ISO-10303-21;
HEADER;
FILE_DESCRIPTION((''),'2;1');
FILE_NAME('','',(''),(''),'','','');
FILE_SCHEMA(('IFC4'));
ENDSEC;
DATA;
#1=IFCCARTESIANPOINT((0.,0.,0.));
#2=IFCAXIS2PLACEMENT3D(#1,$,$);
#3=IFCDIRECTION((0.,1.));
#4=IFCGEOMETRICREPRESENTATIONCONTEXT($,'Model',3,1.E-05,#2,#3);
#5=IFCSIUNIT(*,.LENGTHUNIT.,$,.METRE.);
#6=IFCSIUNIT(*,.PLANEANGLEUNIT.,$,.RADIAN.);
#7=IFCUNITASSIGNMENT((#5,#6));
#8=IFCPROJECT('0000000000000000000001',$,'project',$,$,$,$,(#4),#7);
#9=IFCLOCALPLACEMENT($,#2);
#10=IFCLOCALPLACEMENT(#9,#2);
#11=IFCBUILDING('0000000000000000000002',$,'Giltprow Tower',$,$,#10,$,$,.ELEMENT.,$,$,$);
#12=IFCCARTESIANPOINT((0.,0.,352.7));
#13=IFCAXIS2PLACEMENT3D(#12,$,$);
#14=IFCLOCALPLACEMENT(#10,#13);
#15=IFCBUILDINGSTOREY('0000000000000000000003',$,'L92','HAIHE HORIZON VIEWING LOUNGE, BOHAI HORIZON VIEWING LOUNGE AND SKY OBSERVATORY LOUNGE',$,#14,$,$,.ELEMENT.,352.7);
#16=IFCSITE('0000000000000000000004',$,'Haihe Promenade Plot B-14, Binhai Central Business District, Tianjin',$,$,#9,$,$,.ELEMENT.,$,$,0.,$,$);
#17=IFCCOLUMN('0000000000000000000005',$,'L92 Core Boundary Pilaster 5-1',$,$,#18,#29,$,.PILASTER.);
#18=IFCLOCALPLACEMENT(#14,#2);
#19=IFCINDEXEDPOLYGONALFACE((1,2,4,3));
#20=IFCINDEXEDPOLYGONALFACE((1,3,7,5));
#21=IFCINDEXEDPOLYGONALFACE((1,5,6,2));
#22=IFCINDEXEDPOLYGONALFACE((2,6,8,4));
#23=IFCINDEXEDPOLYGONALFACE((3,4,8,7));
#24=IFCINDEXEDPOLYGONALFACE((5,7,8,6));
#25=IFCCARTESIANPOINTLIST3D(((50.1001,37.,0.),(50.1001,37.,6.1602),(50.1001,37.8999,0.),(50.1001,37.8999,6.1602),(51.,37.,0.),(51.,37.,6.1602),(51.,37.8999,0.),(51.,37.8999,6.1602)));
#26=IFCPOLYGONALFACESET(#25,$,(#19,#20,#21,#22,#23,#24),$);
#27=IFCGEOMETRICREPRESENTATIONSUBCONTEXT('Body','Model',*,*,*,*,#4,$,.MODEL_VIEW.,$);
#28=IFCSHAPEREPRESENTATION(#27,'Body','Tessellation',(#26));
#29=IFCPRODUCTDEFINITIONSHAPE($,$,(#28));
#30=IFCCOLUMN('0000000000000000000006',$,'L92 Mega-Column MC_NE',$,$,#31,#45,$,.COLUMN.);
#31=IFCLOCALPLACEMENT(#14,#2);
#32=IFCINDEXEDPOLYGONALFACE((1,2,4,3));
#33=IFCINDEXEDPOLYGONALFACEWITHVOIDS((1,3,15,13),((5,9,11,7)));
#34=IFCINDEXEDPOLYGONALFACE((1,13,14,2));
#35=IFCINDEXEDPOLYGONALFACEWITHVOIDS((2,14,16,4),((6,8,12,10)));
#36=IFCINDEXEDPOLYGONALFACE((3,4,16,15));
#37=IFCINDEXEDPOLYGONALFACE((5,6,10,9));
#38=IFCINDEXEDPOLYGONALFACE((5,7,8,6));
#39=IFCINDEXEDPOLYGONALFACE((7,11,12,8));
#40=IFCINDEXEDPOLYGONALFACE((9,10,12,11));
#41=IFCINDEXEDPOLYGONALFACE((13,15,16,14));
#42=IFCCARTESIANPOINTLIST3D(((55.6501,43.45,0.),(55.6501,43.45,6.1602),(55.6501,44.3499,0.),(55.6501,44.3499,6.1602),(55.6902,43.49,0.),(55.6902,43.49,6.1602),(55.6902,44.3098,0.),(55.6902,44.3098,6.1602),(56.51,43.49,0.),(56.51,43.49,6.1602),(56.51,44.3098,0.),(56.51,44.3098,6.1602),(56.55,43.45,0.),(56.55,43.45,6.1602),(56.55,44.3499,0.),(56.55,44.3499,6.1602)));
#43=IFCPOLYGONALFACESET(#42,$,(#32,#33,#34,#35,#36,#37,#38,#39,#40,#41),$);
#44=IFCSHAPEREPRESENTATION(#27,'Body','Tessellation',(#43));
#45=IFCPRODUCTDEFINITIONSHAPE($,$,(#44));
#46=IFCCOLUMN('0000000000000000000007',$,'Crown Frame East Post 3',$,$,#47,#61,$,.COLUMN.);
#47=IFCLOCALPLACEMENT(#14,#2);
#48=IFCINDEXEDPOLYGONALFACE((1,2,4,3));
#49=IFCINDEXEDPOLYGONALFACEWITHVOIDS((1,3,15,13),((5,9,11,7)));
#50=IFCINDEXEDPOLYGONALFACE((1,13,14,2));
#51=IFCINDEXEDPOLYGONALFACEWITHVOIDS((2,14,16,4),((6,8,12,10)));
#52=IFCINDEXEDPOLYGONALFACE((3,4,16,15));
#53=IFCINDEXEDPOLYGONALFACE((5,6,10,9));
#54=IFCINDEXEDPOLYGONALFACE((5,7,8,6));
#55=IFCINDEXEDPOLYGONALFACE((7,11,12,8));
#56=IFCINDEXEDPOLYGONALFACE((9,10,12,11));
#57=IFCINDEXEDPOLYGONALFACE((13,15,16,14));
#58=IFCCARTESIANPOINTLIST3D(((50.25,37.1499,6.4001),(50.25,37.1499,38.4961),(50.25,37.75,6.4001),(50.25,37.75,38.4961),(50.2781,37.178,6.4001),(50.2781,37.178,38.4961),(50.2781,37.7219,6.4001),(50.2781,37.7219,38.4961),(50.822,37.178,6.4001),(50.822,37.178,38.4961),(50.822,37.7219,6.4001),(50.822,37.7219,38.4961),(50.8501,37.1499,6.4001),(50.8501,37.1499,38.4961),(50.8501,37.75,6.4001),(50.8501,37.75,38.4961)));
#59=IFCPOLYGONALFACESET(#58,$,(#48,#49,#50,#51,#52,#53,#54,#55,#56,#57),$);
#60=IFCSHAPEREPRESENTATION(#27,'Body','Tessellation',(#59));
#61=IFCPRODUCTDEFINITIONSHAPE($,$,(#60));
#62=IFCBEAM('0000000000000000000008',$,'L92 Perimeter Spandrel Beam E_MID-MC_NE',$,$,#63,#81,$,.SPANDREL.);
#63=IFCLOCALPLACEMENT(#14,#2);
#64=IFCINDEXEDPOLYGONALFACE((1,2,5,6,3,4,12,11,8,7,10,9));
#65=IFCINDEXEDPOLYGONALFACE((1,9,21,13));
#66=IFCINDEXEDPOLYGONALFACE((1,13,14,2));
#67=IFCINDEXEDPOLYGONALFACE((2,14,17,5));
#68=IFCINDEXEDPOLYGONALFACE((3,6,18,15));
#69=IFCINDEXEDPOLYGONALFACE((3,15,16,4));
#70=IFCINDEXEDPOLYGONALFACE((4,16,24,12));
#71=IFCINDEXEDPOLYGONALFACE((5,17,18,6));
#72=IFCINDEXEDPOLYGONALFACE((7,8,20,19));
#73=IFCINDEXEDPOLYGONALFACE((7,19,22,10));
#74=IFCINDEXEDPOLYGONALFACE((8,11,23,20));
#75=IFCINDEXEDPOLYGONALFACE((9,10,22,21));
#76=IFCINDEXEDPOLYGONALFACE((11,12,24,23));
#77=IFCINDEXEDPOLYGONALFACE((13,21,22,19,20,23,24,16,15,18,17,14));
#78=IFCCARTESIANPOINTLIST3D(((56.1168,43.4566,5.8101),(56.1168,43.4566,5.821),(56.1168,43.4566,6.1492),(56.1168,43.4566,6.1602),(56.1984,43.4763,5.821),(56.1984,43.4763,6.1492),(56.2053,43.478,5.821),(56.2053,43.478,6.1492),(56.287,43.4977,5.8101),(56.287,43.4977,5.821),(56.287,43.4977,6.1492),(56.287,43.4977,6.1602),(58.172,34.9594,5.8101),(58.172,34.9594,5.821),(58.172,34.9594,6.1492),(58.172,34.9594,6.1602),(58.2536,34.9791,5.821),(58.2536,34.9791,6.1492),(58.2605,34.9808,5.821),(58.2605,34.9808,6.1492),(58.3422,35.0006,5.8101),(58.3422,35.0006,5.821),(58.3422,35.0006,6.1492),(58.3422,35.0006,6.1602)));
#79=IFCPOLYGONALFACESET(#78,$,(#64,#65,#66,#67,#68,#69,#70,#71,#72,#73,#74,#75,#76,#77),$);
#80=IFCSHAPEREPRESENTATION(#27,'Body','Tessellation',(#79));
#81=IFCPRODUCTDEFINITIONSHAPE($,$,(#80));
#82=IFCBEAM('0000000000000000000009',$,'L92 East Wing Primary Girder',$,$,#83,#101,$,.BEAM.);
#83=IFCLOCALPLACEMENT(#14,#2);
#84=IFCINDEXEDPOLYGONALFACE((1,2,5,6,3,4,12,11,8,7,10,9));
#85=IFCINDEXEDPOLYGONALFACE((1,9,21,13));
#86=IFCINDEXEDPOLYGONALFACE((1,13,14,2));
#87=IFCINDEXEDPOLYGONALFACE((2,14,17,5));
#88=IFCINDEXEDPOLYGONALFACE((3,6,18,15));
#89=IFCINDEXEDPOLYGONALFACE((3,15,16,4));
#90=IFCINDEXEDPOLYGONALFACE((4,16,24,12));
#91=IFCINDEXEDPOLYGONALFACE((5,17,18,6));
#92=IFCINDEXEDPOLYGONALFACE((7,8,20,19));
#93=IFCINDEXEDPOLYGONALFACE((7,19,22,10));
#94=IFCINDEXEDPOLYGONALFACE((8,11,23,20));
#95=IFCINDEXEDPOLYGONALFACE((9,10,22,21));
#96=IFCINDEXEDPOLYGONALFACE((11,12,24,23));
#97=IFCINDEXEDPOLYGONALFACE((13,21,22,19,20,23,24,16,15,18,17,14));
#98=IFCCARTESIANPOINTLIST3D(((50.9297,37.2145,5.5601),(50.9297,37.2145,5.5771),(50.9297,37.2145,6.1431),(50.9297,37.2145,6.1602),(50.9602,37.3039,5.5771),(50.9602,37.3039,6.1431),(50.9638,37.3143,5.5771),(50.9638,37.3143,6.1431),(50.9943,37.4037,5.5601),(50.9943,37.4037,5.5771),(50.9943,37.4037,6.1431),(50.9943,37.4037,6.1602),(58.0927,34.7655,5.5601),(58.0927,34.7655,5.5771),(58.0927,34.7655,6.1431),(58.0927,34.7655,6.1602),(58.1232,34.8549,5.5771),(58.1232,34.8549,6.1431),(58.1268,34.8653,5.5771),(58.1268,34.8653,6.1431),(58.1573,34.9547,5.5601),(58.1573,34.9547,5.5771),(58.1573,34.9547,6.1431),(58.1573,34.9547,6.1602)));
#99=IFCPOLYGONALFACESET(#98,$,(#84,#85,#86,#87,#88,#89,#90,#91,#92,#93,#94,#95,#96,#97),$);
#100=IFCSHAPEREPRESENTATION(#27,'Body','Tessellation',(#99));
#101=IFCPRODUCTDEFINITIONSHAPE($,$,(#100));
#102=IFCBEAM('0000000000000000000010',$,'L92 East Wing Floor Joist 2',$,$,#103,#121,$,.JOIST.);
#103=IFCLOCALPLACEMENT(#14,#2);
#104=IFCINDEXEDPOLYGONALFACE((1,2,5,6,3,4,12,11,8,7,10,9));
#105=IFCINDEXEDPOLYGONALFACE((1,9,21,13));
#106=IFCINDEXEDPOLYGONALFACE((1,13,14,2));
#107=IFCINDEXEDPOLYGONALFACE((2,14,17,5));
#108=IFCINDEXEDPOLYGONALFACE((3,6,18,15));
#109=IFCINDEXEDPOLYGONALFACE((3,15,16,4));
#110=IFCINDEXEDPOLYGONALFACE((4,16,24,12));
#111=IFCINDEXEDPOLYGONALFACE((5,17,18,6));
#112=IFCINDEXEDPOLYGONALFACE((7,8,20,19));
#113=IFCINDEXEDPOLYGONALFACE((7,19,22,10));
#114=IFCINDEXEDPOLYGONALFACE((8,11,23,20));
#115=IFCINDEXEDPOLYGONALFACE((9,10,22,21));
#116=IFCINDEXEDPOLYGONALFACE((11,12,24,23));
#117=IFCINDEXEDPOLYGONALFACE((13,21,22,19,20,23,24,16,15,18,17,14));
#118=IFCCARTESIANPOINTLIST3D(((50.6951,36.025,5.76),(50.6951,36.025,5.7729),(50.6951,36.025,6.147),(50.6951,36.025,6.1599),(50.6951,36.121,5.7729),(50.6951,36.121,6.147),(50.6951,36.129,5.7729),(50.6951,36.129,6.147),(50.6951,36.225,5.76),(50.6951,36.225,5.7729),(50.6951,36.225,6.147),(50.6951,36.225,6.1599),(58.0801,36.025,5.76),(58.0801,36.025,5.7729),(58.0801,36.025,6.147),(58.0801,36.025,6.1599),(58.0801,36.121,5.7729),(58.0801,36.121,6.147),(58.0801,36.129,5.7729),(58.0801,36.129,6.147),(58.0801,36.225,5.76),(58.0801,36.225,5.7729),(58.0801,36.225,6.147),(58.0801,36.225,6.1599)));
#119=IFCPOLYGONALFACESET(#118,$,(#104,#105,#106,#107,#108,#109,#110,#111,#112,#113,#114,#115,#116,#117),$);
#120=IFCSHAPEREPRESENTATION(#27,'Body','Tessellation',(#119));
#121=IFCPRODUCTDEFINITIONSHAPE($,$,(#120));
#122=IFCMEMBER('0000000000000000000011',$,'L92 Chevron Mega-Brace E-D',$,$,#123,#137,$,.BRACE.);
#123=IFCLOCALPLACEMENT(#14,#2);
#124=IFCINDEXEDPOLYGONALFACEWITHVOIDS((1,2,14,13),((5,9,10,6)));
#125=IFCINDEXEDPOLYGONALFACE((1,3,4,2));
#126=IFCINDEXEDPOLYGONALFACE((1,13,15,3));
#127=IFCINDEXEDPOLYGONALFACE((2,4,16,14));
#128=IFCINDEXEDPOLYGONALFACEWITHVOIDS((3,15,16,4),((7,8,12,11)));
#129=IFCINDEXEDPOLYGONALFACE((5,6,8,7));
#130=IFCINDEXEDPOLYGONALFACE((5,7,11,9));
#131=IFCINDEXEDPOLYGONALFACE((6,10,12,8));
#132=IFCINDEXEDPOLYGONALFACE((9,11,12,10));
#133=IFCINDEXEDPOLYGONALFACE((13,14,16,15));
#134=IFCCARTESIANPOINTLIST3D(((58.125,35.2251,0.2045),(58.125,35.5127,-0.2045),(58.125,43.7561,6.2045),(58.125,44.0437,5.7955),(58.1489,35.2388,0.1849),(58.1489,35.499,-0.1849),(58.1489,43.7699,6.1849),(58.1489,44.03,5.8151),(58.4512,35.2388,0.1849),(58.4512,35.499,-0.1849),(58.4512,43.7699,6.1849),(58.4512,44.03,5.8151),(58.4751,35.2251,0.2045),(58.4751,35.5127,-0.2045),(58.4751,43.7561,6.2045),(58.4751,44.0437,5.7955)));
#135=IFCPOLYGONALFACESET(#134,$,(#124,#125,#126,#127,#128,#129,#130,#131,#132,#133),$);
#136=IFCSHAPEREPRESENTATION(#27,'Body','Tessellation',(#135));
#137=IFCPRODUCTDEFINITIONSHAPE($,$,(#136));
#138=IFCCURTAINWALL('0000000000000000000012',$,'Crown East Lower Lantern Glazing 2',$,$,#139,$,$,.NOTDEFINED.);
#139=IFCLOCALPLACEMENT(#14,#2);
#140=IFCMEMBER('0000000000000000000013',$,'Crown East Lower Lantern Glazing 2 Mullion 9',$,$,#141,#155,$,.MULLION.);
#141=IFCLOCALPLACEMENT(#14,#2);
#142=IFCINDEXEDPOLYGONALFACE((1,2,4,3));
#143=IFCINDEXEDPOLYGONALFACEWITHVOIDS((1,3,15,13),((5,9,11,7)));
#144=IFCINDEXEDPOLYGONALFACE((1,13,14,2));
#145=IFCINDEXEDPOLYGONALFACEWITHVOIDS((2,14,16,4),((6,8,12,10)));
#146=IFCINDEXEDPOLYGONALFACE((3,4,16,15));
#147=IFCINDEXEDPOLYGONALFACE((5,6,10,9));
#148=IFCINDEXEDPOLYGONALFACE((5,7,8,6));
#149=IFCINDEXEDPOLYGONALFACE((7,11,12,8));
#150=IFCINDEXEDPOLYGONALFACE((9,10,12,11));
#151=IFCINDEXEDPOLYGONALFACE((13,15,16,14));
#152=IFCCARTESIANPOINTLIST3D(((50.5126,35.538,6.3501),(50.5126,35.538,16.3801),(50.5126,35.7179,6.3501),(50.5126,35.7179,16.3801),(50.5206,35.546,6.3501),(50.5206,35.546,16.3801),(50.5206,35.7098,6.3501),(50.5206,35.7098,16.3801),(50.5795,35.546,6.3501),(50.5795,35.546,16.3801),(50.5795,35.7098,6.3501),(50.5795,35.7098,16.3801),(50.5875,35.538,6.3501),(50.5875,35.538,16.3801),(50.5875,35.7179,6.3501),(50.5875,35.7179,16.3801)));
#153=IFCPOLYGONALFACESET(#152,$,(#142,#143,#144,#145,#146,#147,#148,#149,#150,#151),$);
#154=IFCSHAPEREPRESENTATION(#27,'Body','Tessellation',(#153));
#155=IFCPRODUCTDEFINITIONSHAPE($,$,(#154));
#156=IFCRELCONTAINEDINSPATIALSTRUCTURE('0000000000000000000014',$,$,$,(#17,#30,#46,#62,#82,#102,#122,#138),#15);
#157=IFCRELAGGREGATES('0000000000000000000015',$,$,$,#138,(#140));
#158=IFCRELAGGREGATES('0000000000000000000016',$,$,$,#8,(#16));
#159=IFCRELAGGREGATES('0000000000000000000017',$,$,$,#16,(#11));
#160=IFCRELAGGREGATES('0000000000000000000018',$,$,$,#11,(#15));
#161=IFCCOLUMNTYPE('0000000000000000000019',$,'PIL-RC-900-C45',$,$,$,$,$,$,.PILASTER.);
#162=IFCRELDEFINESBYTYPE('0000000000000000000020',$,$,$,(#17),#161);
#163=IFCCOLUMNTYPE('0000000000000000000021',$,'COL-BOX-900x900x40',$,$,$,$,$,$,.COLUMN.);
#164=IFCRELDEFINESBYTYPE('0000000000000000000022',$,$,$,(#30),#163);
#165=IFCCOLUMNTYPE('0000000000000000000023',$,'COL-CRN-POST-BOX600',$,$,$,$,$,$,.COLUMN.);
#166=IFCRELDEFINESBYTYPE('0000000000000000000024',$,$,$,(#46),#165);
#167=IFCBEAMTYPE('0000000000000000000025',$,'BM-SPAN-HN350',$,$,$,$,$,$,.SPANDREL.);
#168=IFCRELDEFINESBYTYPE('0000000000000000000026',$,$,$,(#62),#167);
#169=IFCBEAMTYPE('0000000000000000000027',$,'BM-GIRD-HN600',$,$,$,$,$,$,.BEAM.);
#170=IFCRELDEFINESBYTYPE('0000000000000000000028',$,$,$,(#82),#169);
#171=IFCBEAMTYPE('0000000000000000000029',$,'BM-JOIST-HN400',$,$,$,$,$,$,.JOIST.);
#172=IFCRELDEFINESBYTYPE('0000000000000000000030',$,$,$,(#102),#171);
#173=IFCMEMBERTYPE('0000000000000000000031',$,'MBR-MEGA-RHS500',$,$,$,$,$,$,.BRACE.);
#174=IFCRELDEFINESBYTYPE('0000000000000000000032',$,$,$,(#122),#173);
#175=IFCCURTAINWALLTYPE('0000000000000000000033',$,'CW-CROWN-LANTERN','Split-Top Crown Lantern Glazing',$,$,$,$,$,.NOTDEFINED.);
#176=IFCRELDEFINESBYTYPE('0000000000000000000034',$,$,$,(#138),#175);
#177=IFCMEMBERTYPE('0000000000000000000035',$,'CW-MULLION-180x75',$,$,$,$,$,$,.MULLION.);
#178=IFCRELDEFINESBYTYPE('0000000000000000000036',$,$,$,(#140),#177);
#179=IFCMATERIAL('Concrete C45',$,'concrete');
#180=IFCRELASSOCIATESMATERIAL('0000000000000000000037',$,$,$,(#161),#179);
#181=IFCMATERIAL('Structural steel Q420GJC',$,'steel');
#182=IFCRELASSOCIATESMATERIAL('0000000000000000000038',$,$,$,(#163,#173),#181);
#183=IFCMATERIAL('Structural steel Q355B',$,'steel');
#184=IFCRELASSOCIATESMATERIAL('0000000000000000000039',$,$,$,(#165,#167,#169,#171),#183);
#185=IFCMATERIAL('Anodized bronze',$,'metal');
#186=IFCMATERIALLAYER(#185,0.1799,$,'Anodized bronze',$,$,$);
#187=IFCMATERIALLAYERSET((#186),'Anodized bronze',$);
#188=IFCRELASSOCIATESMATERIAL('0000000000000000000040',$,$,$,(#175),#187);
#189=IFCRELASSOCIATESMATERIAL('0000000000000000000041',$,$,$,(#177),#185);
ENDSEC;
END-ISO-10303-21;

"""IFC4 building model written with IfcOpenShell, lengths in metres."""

from ifc_helpers import new_model, si_unit, direction, frame, origin, origin_2d, place, context, subcontext, project, spatial, rectangle, hollow_rectangle, i_section, extrude, source, transform, mapped, material, layer, layer_set, material_profile, profile_set, type_object, element, aggregate, save


model = new_model("IFC4")

# Units and contexts
model_context = context("Model", 3, precision=1e-05, world=origin(), true_north=direction((0.0, 1.0)))
body_context = subcontext(model_context, "Body", "Model", "MODEL_VIEW")
ifc_project = project(units=[si_unit("LENGTHUNIT", "METRE"), si_unit("PLANEANGLEUNIT", "RADIAN")], contexts=[model_context])

# Site, building, storey
site_placement = place(None, origin())
site = spatial("IfcSite", under=ifc_project, at=site_placement, Name="Haihe Promenade Plot B-14, Binhai Central Business District, Tianjin", CompositionType="ELEMENT", RefElevation=0.0)
building_placement = place(site_placement, origin())
building = spatial("IfcBuilding", under=site, at=building_placement, Name="Giltprow Tower", CompositionType="ELEMENT")
storey_placement = place(building_placement, frame((0.0, 0.0, 352.7)))
storey = spatial("IfcBuildingStorey", under=building, at=storey_placement, Name="L92", Description="HAIHE HORIZON VIEWING LOUNGE, BOHAI HORIZON VIEWING LOUNGE AND SKY OBSERVATORY LOUNGE", CompositionType="ELEMENT", Elevation=352.7)

# Columns
ifc_material_1 = material(Name="Concrete C45", Category="concrete")
ifc_material_profile_1 = material_profile(ifc_material_1, rectangle(XDim=0.8999, YDim=0.8999, at=origin_2d()), Name="RC 900x900")
ifc_profile_set_1 = profile_set([ifc_material_profile_1], Name="Concrete C45")
column_type_1 = type_object("IfcColumnType", Name="PIL-RC-900-C45", PredefinedType="PILASTER", material=ifc_profile_set_1)
shared_shape_1 = source(origin(), body_context, "Body", "SweptSolid", [
    extrude(rectangle(XDim=0.8999, YDim=0.8999, at=origin_2d()), origin(), (0.0, 0.0, 1.0), 6.1602),
])
column_1_placement = place(storey_placement, frame((50.55, 37.45, 0.0), z_axis=(0.0, 0.0, 1.0), x_axis=(1.0, 0.0, 0.0)))
element("IfcColumn", 1, at=column_1_placement, inside=storey, type_object=column_type_1, Name="L92 Core Boundary Pilaster 5-1", PredefinedType="PILASTER", context=body_context, shape_type="MappedRepresentation", body=[
    mapped(shared_shape_1, transform((0.0, 0.0, 0.0), x_axis=(1.0, 0.0, 0.0), y_axis=(0.0, 1.0, 0.0), z_axis=(0.0, 0.0, 1.0), scale=1.0)),
])
ifc_material_2 = material(Name="Structural steel Q420GJC", Category="steel")
ifc_material_profile_2 = material_profile(ifc_material_2, hollow_rectangle(XDim=0.8999, YDim=0.8999, WallThickness=0.04, at=origin_2d()), Name="BOX 900x900x40")
ifc_profile_set_2 = profile_set([ifc_material_profile_2], Name="Structural steel Q420GJC")
column_type_2 = type_object("IfcColumnType", Name="COL-BOX-900x900x40", PredefinedType="COLUMN", material=ifc_profile_set_2)
shared_shape_2 = source(origin(), body_context, "Body", "SweptSolid", [
    extrude(hollow_rectangle(XDim=0.8999, YDim=0.8999, WallThickness=0.04, at=origin_2d()), origin(), (0.0, 0.0, 1.0), 6.1602),
])
column_2_placement = place(storey_placement, frame((56.1001, 43.8999, 0.0), z_axis=(0.0, 0.0, 1.0), x_axis=(1.0, 0.0, 0.0)))
element("IfcColumn", 2, at=column_2_placement, inside=storey, type_object=column_type_2, Name="L92 Mega-Column MC_NE", PredefinedType="COLUMN", context=body_context, shape_type="MappedRepresentation", body=[
    mapped(shared_shape_2, transform((0.0, 0.0, 0.0), x_axis=(1.0, 0.0, 0.0), y_axis=(0.0, 1.0, 0.0), z_axis=(0.0, 0.0, 1.0), scale=1.0)),
])
ifc_material_3 = material(Name="Structural steel Q355B", Category="steel")
ifc_material_profile_3 = material_profile(ifc_material_3, hollow_rectangle(XDim=0.6001, YDim=0.6001, WallThickness=0.0281, at=origin_2d()), Name="BOX 600x600x28")
ifc_profile_set_3 = profile_set([ifc_material_profile_3], Name="Structural steel Q355B")
column_type_3 = type_object("IfcColumnType", Name="COL-CRN-POST-BOX600", PredefinedType="COLUMN", material=ifc_profile_set_3)
shared_shape_3 = source(origin(), body_context, "Body", "SweptSolid", [
    extrude(hollow_rectangle(XDim=0.6001, YDim=0.6001, WallThickness=0.0281, at=origin_2d()), origin(), (0.0, 0.0, 1.0), 32.0959),
])
column_3_placement = place(storey_placement, frame((50.55, 37.45, 6.4001), z_axis=(0.0, 0.0, 1.0), x_axis=(1.0, 0.0, 0.0)))
element("IfcColumn", 3, at=column_3_placement, inside=storey, type_object=column_type_3, Name="Crown Frame East Post 3", PredefinedType="COLUMN", context=body_context, shape_type="MappedRepresentation", body=[
    mapped(shared_shape_3, transform((0.0, 0.0, 0.0), x_axis=(1.0, 0.0, 0.0), y_axis=(0.0, 1.0, 0.0), z_axis=(0.0, 0.0, 1.0), scale=1.0)),
])

# Beams
ifc_material_profile_4 = material_profile(ifc_material_3, i_section(OverallWidth=0.175, OverallDepth=0.3501, WebThickness=0.0071, FlangeThickness=0.011, at=origin_2d()), Name="HN 350x175x7x11")
ifc_profile_set_4 = profile_set([ifc_material_profile_4], Name="Structural steel Q355B")
beam_type_1 = type_object("IfcBeamType", Name="BM-SPAN-HN350", PredefinedType="SPANDREL", material=ifc_profile_set_4)
shared_shape_4 = source(origin(), body_context, "Body", "SweptSolid", [
    extrude(i_section(OverallWidth=0.175, OverallDepth=0.3501, WebThickness=0.0071, FlangeThickness=0.011, at=origin_2d()), origin(), (0.0, 0.0, 1.0), 8.7422),
])
beam_1_placement = place(storey_placement, frame((58.2571, 34.98, 5.9851), z_axis=(-0.23509, 0.971974, 0.0), x_axis=(-0.971974, -0.23509, 0.0)))
element("IfcBeam", 4, at=beam_1_placement, inside=storey, type_object=beam_type_1, Name="L92 Perimeter Spandrel Beam E_MID-MC_NE", PredefinedType="SPANDREL", context=body_context, shape_type="MappedRepresentation", body=[
    mapped(shared_shape_4, transform((0.0, 0.0, 0.0), x_axis=(1.0, 0.0, 0.0), y_axis=(0.0, 1.0, 0.0), z_axis=(0.0, 0.0, 1.0), scale=1.0)),
])
ifc_material_profile_5 = material_profile(ifc_material_3, i_section(OverallWidth=0.2, OverallDepth=0.6001, WebThickness=0.011, FlangeThickness=0.0171, at=origin_2d()), Name="HN 600x200x11x17")
ifc_profile_set_5 = profile_set([ifc_material_profile_5], Name="Structural steel Q355B")
beam_type_2 = type_object("IfcBeamType", Name="BM-GIRD-HN600", PredefinedType="BEAM", material=ifc_profile_set_5)
shared_shape_5 = source(origin(), body_context, "Body", "SweptSolid", [
    extrude(i_section(OverallWidth=0.2, OverallDepth=0.6001, WebThickness=0.011, FlangeThickness=0.0171, at=origin_2d()), origin(), (0.0, 0.0, 1.0), 7.5701),
])
beam_2_placement = place(storey_placement, frame((58.125, 34.8601, 5.8601), z_axis=(-0.946227, 0.323504, 0.0), x_axis=(-0.323504, -0.946227, 0.0)))
element("IfcBeam", 5, at=beam_2_placement, inside=storey, type_object=beam_type_2, Name="L92 East Wing Primary Girder", PredefinedType="BEAM", context=body_context, shape_type="MappedRepresentation", body=[
    mapped(shared_shape_5, transform((0.0, 0.0, 0.0), x_axis=(1.0, 0.0, 0.0), y_axis=(0.0, 1.0, 0.0), z_axis=(0.0, 0.0, 1.0), scale=1.0)),
])
ifc_material_profile_6 = material_profile(ifc_material_3, i_section(OverallWidth=0.2, OverallDepth=0.3999, WebThickness=0.0081, FlangeThickness=0.0129, at=origin_2d()), Name="HN 400x200x8x13")
ifc_profile_set_6 = profile_set([ifc_material_profile_6], Name="Structural steel Q355B")
beam_type_3 = type_object("IfcBeamType", Name="BM-JOIST-HN400", PredefinedType="JOIST", material=ifc_profile_set_6)
shared_shape_6 = source(origin(), body_context, "Body", "SweptSolid", [
    extrude(i_section(OverallWidth=0.2, OverallDepth=0.3999, WebThickness=0.0081, FlangeThickness=0.0129, at=origin_2d()), origin(), (0.0, 0.0, 1.0), 7.385),
])
beam_3_placement = place(storey_placement, frame((50.6951, 36.125, 5.96), z_axis=(1.0, 0.0, 0.0), x_axis=(0.0, 1.0, 0.0)))
element("IfcBeam", 6, at=beam_3_placement, inside=storey, type_object=beam_type_3, Name="L92 East Wing Floor Joist 2", PredefinedType="JOIST", context=body_context, shape_type="MappedRepresentation", body=[
    mapped(shared_shape_6, transform((0.0, 0.0, 0.0), x_axis=(1.0, 0.0, 0.0), y_axis=(0.0, 1.0, 0.0), z_axis=(0.0, 0.0, 1.0), scale=1.0)),
])

# Member
ifc_material_profile_7 = material_profile(ifc_material_2, hollow_rectangle(XDim=0.3501, YDim=0.5, WallThickness=0.0239, at=origin_2d()), Name="RHS 500x350x24")
ifc_profile_set_7 = profile_set([ifc_material_profile_7], Name="Structural steel Q420GJC")
member_type_1 = type_object("IfcMemberType", Name="MBR-MEGA-RHS500", PredefinedType="BRACE", material=ifc_profile_set_7)
shared_shape_7 = source(origin(), body_context, "Body", "SweptSolid", [
    extrude(hollow_rectangle(XDim=0.3501, YDim=0.5, WallThickness=0.0239, at=origin_2d()), origin(), (0.0, 0.0, 1.0), 10.4297),
])
member_1_placement = place(storey_placement, frame((58.3, 35.3689, 0.0), z_axis=(0.0, 0.817955, 0.575282), x_axis=(-1.0, 0.0, 0.0)))
element("IfcMember", 7, at=member_1_placement, inside=storey, type_object=member_type_1, Name="L92 Chevron Mega-Brace E-D", PredefinedType="BRACE", context=body_context, shape_type="MappedRepresentation", body=[
    mapped(shared_shape_7, transform((0.0, 0.0, 0.0), x_axis=(1.0, 0.0, 0.0), y_axis=(0.0, 1.0, 0.0), z_axis=(0.0, 0.0, 1.0), scale=1.0)),
])

# Curtain wall, member
ifc_material_4 = material(Name="Anodized bronze", Category="metal")
ifc_layer_1 = layer(ifc_material_4, 0.1799, Name="Anodized bronze")
ifc_layer_set_1 = layer_set([ifc_layer_1], Name="Anodized bronze")
curtain_wall_type = type_object("IfcCurtainWallType", Name="CW-CROWN-LANTERN", Description="Split-Top Crown Lantern Glazing", PredefinedType="NOTDEFINED", material=ifc_layer_set_1)
curtain_wall_1_placement = place(storey_placement, origin())
curtain_wall_1 = element("IfcCurtainWall", 8, at=curtain_wall_1_placement, inside=storey, type_object=curtain_wall_type, Name="Crown East Lower Lantern Glazing 2", PredefinedType="NOTDEFINED")
ifc_material_profile_8 = material_profile(ifc_material_4, hollow_rectangle(XDim=0.075, YDim=0.1799, WallThickness=0.0081, at=origin_2d()), Name="RHS 180x75x8")
ifc_profile_set_8 = profile_set([ifc_material_profile_8], Name="Anodized bronze")
member_type_2 = type_object("IfcMemberType", Name="CW-MULLION-180x75", PredefinedType="MULLION", material=ifc_profile_set_8)
shared_shape_8 = source(origin(), body_context, "Body", "SweptSolid", [
    extrude(hollow_rectangle(XDim=0.075, YDim=0.1799, WallThickness=0.0081, at=origin_2d()), origin(), (0.0, 0.0, 1.0), 10.03),
])
member_2_placement = place(storey_placement, frame((50.55, 35.6279, 6.3501), z_axis=(0.0, 0.0, 1.0), x_axis=(1.0, 0.0, 0.0)))
member_2 = element("IfcMember", 9, at=member_2_placement, type_object=member_type_2, Name="Crown East Lower Lantern Glazing 2 Mullion 9", PredefinedType="MULLION", context=body_context, shape_type="MappedRepresentation", body=[
    mapped(shared_shape_8, transform((0.0, 0.0, 0.0), x_axis=(1.0, 0.0, 0.0), y_axis=(0.0, 1.0, 0.0), z_axis=(0.0, 0.0, 1.0), scale=1.0)),
])

aggregate(curtain_wall_1, [member_2])

save(model, "model.ifc")
